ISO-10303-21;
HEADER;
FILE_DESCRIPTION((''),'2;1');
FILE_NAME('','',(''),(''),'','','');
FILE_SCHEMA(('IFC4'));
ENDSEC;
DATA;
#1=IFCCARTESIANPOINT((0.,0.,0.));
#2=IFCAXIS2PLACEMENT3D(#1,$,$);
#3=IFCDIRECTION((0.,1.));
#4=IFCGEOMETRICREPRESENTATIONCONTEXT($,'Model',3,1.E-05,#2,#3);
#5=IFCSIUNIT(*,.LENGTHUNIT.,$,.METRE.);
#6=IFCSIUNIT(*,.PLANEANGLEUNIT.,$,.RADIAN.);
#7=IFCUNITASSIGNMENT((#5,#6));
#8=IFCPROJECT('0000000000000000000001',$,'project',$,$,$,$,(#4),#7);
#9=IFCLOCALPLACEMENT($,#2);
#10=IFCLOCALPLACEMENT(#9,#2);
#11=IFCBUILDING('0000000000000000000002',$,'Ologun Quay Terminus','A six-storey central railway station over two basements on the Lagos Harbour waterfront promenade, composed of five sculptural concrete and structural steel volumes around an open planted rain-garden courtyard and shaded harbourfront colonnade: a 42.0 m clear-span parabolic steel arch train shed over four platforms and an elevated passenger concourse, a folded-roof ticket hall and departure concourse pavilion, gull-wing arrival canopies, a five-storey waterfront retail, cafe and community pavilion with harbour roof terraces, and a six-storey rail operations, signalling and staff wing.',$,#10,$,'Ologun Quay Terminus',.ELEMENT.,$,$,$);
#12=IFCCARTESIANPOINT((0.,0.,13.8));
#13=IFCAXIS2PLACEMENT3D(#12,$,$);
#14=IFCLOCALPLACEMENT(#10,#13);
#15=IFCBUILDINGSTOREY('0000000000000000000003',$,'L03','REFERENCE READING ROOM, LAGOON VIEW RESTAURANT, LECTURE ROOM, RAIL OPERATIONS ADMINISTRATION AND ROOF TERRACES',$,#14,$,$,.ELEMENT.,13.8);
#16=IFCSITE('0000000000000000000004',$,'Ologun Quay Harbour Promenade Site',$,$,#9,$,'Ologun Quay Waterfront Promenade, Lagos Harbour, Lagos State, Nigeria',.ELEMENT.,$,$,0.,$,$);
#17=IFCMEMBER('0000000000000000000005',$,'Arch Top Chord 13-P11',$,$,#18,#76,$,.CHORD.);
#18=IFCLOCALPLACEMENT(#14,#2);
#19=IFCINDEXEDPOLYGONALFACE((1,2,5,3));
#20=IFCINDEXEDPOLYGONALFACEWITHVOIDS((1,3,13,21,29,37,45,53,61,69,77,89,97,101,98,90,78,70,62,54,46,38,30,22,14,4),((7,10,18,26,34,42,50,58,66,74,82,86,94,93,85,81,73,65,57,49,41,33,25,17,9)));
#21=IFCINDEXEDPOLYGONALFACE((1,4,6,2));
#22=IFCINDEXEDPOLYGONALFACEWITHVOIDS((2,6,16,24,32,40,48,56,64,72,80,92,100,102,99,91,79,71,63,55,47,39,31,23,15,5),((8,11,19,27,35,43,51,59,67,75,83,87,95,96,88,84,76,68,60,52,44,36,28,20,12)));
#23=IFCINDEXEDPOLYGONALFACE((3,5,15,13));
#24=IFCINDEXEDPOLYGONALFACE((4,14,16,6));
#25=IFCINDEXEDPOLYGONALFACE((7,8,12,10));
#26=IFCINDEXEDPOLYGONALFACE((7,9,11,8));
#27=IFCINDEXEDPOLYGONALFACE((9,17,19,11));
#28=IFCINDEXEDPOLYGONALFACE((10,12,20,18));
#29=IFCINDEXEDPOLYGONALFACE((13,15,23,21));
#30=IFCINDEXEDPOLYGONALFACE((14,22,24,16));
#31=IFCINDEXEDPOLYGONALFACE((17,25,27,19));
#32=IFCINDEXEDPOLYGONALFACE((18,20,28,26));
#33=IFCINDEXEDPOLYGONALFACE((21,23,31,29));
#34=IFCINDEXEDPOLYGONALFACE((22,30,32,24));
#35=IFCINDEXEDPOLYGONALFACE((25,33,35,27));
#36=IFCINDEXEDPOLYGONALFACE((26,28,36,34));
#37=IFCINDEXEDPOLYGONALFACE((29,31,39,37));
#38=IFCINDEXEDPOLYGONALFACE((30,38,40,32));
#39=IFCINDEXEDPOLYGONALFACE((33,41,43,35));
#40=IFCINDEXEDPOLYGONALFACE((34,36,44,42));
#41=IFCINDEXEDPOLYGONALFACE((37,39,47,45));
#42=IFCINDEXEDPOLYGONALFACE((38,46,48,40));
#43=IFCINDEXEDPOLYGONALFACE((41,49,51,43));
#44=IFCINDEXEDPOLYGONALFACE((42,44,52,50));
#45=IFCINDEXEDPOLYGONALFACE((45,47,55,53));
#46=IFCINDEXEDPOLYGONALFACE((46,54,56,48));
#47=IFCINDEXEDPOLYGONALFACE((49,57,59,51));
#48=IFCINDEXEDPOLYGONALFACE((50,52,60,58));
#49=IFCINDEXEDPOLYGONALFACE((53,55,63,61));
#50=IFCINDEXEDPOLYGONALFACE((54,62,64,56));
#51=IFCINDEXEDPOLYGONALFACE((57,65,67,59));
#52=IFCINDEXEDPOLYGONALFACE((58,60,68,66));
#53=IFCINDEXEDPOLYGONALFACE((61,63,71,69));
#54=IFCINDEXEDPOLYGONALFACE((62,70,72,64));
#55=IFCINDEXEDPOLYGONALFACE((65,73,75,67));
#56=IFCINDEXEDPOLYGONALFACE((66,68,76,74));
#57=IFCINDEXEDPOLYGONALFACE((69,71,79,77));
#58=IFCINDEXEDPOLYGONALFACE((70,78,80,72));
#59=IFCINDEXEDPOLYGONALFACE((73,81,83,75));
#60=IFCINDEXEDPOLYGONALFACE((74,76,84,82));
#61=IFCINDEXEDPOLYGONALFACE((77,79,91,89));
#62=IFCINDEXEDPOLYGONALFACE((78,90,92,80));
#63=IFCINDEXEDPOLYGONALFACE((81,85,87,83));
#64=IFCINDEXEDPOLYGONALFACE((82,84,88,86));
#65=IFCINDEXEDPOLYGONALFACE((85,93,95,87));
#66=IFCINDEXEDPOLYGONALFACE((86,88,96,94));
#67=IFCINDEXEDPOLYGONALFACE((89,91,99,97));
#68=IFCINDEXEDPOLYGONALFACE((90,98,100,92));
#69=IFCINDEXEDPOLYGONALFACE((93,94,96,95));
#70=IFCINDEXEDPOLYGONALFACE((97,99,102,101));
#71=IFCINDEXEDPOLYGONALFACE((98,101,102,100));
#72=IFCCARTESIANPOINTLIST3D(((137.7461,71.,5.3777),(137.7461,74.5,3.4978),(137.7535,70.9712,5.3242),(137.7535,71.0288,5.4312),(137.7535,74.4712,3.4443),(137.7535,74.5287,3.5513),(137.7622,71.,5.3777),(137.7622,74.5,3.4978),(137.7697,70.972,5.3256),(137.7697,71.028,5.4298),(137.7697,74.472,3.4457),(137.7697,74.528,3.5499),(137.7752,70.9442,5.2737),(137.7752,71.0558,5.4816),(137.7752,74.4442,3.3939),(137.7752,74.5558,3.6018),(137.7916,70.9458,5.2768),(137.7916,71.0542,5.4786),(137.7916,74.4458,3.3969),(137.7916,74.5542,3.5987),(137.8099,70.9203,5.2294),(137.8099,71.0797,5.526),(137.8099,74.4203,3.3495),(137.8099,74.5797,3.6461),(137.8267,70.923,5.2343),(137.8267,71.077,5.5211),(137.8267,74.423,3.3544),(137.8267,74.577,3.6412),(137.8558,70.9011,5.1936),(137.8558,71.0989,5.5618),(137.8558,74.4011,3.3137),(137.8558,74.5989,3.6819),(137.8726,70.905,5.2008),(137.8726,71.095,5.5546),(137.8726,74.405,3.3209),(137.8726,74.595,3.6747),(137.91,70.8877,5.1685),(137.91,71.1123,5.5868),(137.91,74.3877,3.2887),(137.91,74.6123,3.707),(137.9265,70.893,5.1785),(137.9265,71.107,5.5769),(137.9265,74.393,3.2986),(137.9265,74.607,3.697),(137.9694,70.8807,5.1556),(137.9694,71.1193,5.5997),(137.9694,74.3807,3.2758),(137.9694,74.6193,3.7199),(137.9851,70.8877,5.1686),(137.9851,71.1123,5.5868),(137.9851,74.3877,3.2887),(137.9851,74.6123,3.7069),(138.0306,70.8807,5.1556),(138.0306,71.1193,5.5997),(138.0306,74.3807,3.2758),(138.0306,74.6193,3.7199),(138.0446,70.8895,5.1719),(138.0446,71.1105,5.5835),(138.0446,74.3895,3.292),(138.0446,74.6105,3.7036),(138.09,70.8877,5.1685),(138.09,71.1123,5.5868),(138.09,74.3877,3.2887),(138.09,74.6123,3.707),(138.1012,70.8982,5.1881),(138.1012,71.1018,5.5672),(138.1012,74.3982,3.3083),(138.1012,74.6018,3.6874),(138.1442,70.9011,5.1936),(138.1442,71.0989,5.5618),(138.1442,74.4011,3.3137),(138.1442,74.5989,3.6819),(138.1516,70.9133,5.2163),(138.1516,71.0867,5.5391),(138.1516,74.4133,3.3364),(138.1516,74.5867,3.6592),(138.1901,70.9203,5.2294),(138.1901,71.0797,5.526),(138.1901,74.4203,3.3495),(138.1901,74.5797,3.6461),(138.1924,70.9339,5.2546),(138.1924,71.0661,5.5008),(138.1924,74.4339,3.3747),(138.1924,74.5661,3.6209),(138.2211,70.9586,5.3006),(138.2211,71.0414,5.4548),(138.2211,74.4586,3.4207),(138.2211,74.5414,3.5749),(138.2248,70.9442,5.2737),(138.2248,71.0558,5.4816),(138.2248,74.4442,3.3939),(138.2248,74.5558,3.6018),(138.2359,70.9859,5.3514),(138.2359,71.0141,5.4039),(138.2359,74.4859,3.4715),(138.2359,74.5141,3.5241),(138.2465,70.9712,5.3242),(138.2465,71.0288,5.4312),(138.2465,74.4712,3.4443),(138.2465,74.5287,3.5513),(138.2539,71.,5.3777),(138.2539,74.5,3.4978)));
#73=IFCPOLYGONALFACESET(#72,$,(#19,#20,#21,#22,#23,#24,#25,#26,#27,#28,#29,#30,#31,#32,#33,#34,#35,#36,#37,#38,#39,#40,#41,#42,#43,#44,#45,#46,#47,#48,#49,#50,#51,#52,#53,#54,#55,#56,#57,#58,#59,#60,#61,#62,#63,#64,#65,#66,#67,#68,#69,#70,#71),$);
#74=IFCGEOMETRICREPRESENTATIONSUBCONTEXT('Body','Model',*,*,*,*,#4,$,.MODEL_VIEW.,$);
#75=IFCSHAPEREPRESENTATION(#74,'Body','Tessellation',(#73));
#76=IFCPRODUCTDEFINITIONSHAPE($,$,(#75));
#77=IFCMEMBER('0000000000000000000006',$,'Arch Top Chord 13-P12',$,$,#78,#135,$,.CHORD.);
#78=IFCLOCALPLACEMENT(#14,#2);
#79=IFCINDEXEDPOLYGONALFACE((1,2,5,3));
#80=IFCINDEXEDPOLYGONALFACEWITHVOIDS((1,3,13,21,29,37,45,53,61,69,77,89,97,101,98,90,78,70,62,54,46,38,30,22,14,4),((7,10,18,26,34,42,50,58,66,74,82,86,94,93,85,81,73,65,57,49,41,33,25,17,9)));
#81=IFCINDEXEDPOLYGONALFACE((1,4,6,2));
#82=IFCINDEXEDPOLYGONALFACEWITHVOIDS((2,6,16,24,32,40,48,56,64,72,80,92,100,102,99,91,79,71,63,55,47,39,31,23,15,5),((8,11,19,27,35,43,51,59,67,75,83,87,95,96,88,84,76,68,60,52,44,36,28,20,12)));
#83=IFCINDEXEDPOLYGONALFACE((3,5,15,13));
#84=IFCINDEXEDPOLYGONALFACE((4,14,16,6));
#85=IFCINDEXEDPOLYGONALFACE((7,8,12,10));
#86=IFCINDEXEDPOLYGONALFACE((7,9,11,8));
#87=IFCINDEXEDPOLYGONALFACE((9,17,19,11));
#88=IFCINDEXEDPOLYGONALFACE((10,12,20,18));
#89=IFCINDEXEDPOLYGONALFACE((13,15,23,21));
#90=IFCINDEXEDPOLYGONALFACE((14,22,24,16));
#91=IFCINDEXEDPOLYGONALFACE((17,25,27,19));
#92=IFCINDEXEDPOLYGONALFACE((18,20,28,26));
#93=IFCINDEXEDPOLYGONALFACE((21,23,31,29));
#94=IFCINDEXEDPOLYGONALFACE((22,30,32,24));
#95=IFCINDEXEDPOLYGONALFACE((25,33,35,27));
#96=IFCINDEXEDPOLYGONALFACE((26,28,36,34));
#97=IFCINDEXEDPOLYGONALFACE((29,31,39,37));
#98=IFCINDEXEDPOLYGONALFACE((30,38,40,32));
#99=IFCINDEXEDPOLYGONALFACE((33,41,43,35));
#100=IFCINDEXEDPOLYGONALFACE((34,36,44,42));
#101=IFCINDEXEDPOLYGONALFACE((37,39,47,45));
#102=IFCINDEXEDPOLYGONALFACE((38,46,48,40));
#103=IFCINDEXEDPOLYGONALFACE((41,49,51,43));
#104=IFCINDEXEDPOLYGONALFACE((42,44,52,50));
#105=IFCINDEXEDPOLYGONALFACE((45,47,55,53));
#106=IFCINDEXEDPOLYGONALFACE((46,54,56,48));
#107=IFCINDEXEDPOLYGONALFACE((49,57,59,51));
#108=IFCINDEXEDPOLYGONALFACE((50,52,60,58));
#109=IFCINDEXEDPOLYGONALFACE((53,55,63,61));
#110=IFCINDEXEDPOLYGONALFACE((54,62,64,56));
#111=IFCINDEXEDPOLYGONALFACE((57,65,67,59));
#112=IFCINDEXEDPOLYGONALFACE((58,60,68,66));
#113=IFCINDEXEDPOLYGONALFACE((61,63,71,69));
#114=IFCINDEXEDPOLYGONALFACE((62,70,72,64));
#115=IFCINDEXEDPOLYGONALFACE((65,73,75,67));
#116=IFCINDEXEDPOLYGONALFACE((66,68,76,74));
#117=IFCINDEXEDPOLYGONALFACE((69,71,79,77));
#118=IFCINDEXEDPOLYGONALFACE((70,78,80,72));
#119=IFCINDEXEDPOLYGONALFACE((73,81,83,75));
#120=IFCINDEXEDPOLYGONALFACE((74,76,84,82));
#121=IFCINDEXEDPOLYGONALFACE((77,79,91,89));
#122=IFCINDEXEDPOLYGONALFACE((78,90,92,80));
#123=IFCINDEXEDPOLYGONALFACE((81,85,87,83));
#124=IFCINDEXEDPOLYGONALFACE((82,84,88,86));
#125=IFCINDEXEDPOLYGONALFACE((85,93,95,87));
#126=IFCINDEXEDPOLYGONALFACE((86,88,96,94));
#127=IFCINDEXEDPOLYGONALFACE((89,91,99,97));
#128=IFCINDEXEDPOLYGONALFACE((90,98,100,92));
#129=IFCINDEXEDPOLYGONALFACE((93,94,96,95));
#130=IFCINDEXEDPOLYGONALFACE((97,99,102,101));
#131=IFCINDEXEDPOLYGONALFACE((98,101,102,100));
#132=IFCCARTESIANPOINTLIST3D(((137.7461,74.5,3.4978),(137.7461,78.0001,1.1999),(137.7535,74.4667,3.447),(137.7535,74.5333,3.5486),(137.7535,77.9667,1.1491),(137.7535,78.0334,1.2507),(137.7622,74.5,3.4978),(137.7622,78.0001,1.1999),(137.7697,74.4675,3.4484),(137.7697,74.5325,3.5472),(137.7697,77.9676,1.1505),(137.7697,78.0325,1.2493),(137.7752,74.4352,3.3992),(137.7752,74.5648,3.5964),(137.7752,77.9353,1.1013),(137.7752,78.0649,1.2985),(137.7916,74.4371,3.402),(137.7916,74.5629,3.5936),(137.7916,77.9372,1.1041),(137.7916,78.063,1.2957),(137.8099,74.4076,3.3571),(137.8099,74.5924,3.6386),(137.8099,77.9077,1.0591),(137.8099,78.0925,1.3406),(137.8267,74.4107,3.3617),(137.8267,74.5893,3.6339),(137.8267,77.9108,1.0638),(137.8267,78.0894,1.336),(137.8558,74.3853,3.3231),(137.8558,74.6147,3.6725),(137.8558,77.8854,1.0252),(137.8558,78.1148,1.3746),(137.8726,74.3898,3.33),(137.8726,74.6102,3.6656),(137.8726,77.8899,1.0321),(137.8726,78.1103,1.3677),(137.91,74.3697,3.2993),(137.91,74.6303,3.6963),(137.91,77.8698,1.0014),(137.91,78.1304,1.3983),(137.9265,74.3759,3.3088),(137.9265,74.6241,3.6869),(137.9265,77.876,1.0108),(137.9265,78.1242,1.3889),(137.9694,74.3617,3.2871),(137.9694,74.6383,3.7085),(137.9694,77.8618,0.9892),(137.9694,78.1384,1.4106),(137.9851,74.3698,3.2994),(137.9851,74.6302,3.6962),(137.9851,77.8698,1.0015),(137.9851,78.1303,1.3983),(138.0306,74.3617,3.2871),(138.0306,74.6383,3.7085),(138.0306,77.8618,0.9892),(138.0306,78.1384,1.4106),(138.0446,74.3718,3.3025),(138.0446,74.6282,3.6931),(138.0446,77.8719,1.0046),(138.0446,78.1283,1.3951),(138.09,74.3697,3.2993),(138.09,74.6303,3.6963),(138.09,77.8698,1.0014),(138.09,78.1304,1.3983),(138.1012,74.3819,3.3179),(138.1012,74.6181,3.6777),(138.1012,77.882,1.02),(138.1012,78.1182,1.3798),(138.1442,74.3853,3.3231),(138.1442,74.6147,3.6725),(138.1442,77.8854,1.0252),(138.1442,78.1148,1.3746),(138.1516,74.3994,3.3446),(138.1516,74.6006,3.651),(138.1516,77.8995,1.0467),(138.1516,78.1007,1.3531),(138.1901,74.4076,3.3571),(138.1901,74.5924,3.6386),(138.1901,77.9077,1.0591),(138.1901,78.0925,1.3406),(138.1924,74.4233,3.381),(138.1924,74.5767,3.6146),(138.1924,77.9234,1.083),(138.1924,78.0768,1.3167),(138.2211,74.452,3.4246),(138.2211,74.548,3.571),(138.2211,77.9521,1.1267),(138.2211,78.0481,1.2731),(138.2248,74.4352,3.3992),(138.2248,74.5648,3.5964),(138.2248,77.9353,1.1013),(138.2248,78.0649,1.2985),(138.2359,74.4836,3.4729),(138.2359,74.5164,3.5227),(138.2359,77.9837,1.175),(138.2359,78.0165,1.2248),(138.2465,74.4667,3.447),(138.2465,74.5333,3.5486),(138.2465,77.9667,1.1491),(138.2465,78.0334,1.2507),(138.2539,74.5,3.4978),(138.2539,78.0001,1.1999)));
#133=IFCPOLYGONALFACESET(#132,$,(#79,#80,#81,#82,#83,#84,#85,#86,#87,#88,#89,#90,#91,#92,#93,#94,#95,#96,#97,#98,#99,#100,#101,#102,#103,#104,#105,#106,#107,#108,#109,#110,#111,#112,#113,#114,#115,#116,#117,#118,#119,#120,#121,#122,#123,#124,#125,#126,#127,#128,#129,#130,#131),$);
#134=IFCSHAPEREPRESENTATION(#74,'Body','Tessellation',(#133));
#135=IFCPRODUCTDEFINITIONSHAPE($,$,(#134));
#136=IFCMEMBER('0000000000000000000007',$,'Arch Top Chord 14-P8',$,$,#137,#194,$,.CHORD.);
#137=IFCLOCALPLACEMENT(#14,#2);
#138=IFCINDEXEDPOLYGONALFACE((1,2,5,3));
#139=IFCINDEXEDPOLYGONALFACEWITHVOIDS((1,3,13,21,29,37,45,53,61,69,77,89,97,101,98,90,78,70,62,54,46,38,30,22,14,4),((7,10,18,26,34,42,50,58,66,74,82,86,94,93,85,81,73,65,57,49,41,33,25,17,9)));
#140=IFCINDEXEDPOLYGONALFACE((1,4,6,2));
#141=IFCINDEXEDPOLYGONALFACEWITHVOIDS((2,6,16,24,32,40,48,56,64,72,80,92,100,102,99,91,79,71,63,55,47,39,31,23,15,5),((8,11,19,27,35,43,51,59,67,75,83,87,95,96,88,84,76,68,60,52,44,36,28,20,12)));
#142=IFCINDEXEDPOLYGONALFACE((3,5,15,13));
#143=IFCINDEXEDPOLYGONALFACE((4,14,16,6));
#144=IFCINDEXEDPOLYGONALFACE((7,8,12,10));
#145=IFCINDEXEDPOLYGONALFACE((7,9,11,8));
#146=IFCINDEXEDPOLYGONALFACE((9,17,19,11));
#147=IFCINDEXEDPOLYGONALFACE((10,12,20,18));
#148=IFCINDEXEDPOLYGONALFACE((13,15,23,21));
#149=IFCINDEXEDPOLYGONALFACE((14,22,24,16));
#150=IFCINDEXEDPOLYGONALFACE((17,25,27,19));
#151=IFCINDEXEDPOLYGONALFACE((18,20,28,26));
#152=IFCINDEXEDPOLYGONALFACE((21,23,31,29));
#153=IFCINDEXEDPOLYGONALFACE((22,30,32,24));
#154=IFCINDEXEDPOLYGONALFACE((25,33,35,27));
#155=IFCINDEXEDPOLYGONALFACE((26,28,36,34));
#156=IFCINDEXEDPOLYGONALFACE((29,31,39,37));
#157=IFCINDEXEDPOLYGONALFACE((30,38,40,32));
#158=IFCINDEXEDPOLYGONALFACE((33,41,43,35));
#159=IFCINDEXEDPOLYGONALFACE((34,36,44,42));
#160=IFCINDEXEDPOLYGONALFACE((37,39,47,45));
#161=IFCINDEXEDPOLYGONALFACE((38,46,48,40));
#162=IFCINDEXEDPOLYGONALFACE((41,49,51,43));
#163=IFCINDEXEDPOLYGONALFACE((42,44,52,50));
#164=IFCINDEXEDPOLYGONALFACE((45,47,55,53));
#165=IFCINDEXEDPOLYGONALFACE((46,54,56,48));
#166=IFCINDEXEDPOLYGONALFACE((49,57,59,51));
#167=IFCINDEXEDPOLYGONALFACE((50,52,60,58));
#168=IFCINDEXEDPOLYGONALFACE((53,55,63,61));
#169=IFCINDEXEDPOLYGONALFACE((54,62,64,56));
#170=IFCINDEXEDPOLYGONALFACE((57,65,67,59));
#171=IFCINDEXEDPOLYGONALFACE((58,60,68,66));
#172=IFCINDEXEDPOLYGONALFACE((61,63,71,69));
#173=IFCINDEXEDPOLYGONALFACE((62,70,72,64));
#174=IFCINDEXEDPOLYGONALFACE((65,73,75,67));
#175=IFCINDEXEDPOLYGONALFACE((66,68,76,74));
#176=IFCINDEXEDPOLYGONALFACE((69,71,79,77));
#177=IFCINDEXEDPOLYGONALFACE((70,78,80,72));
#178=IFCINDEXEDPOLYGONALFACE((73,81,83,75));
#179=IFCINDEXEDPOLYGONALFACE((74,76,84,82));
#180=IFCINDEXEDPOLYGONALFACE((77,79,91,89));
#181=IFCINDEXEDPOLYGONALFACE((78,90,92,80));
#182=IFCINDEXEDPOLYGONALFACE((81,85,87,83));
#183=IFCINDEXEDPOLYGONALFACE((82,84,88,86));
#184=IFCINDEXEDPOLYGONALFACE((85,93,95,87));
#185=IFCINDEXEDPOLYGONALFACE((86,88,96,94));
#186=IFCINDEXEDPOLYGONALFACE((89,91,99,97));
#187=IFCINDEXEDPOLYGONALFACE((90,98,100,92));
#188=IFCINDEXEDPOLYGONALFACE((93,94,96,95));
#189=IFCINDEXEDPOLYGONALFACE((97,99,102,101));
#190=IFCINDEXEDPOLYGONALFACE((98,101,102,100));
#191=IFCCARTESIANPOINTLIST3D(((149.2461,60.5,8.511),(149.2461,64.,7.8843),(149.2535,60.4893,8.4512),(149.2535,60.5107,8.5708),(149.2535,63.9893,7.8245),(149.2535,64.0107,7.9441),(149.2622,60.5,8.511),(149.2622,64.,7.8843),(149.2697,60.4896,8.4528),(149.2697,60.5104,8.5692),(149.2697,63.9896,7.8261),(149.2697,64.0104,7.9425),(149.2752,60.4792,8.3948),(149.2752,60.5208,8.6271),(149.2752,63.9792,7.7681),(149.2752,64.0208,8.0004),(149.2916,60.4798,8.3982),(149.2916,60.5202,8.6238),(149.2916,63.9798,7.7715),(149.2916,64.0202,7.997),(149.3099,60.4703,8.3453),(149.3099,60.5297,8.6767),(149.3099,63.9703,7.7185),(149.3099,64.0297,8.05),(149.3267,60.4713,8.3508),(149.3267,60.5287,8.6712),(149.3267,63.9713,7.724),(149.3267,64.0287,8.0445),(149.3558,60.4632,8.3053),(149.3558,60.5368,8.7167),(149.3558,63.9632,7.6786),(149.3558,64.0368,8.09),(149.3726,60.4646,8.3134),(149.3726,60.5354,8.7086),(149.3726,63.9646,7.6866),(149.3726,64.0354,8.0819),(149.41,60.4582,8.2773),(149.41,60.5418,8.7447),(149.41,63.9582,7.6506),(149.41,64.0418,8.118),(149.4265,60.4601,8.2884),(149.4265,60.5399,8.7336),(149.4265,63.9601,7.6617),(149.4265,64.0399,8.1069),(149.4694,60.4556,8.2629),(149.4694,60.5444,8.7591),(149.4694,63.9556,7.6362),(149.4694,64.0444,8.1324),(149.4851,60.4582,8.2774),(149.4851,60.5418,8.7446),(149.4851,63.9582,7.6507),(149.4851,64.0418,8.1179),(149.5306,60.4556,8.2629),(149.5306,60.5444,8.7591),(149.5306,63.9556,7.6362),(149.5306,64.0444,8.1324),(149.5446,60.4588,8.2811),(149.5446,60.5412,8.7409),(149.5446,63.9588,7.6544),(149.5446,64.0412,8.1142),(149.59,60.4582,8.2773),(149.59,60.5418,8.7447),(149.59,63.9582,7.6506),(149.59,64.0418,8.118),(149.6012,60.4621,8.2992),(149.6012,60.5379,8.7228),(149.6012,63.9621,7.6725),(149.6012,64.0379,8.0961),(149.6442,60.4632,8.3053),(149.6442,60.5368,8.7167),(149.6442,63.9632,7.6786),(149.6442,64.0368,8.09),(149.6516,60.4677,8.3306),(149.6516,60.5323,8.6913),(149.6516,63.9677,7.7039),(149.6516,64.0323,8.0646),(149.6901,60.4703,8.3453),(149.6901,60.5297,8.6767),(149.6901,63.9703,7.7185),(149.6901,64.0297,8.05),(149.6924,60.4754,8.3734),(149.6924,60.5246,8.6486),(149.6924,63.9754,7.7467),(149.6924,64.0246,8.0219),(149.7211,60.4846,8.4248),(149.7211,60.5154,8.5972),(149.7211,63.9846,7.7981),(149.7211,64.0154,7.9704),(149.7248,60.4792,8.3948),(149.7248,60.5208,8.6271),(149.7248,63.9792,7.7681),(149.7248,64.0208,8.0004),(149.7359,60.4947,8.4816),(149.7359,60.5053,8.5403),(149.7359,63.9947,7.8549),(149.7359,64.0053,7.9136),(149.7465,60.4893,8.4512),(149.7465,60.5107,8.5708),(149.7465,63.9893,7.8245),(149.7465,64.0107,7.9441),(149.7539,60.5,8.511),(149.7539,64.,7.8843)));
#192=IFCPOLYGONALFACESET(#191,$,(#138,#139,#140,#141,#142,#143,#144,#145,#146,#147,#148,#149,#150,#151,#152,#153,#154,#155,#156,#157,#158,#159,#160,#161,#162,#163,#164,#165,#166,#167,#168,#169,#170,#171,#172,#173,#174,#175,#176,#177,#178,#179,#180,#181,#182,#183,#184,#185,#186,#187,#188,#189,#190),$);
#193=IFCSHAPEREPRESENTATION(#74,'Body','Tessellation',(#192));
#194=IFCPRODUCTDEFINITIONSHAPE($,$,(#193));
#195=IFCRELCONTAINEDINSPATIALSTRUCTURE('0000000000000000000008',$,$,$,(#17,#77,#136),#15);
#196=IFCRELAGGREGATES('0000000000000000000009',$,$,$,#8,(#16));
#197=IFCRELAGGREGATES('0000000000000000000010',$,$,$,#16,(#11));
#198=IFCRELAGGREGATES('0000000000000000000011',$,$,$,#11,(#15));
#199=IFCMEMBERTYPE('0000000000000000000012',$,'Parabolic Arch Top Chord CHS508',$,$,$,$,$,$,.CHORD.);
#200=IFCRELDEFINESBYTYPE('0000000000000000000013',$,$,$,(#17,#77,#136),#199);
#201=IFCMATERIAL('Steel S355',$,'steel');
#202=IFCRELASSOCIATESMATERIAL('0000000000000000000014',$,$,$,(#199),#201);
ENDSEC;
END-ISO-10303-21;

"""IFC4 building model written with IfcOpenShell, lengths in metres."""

from ifc_helpers import new_model, si_unit, direction, frame, origin, origin_2d, place, context, subcontext, project, spatial, hollow_circle, extrude, material, material_profile, profile_set, type_object, element, save


model = new_model("IFC4")

# Units and contexts
model_context = context("Model", 3, precision=1e-05, world=origin(), true_north=direction((0.0, 1.0)))
body_context = subcontext(model_context, "Body", "Model", "MODEL_VIEW")
ifc_project = project(units=[si_unit("LENGTHUNIT", "METRE"), si_unit("PLANEANGLEUNIT", "RADIAN")], contexts=[model_context])

# Site, building, storey
site_placement = place(None, origin())
site = spatial("IfcSite", under=ifc_project, at=site_placement, Name="Ologun Quay Harbour Promenade Site", LongName="Ologun Quay Waterfront Promenade, Lagos Harbour, Lagos State, Nigeria", CompositionType="ELEMENT", RefElevation=0.0)
building_placement = place(site_placement, origin())
building = spatial("IfcBuilding", under=site, at=building_placement, Name="Ologun Quay Terminus", Description="A six-storey central railway station over two basements on the Lagos Harbour waterfront promenade, composed of five sculptural concrete and structural steel volumes around an open planted rain-garden courtyard and shaded harbourfront colonnade: a 42.0 m clear-span parabolic steel arch train shed over four platforms and an elevated passenger concourse, a folded-roof ticket hall and departure concourse pavilion, gull-wing arrival canopies, a five-storey waterfront retail, cafe and community pavilion with harbour roof terraces, and a six-storey rail operations, signalling and staff wing.", LongName="Ologun Quay Terminus", CompositionType="ELEMENT")
storey_placement = place(building_placement, frame((0.0, 0.0, 13.8)))
storey = spatial("IfcBuildingStorey", under=building, at=storey_placement, Name="L03", Description="REFERENCE READING ROOM, LAGOON VIEW RESTAURANT, LECTURE ROOM, RAIL OPERATIONS ADMINISTRATION AND ROOF TERRACES", CompositionType="ELEMENT", Elevation=13.8)

# Members
ifc_material_1 = material(Name="Steel S355", Category="steel")
ifc_material_profile_1 = material_profile(ifc_material_1, hollow_circle(Radius=0.2539, WallThickness=0.0161, at=origin_2d()), Name="CHS 508x16")
ifc_profile_set_1 = profile_set([ifc_material_profile_1], Name="Steel S355")
member_type_1 = type_object("IfcMemberType", Name="Parabolic Arch Top Chord CHS508", PredefinedType="CHORD", material=ifc_profile_set_1)
member_1_placement = place(storey_placement, frame((138.0, 71.0, 5.3777), z_axis=(0.0, 0.880968, -0.473176), x_axis=(-1.0, 0.0, 0.0)))
element("IfcMember", 1, at=member_1_placement, inside=storey, type_object=member_type_1, Name="Arch Top Chord 13-P11", PredefinedType="CHORD", context=body_context, shape_type="SweptSolid", body=[
    extrude(hollow_circle(Radius=0.2539, WallThickness=0.0161, at=origin_2d()), origin(), (0.0, 0.0, 1.0), 3.9729),
])
member_2_placement = place(storey_placement, frame((138.0, 74.5, 3.4978), z_axis=(0.0, 0.835941, -0.548819), x_axis=(-1.0, 0.0, 0.0)))
element("IfcMember", 2, at=member_2_placement, inside=storey, type_object=member_type_1, Name="Arch Top Chord 13-P12", PredefinedType="CHORD", context=body_context, shape_type="SweptSolid", body=[
    extrude(hollow_circle(Radius=0.2539, WallThickness=0.0161, at=origin_2d()), origin(), (0.0, 0.0, 1.0), 4.187),
])
member_3_placement = place(storey_placement, frame((149.5, 60.5, 8.511), z_axis=(0.0, 0.984344, -0.176256), x_axis=(-1.0, 0.0, 0.0)))
element("IfcMember", 3, at=member_3_placement, inside=storey, type_object=member_type_1, Name="Arch Top Chord 14-P8", PredefinedType="CHORD", context=body_context, shape_type="SweptSolid", body=[
    extrude(hollow_circle(Radius=0.2539, WallThickness=0.0161, at=origin_2d()), origin(), (0.0, 0.0, 1.0), 3.5557),
])

save(model, "model.ifc")
